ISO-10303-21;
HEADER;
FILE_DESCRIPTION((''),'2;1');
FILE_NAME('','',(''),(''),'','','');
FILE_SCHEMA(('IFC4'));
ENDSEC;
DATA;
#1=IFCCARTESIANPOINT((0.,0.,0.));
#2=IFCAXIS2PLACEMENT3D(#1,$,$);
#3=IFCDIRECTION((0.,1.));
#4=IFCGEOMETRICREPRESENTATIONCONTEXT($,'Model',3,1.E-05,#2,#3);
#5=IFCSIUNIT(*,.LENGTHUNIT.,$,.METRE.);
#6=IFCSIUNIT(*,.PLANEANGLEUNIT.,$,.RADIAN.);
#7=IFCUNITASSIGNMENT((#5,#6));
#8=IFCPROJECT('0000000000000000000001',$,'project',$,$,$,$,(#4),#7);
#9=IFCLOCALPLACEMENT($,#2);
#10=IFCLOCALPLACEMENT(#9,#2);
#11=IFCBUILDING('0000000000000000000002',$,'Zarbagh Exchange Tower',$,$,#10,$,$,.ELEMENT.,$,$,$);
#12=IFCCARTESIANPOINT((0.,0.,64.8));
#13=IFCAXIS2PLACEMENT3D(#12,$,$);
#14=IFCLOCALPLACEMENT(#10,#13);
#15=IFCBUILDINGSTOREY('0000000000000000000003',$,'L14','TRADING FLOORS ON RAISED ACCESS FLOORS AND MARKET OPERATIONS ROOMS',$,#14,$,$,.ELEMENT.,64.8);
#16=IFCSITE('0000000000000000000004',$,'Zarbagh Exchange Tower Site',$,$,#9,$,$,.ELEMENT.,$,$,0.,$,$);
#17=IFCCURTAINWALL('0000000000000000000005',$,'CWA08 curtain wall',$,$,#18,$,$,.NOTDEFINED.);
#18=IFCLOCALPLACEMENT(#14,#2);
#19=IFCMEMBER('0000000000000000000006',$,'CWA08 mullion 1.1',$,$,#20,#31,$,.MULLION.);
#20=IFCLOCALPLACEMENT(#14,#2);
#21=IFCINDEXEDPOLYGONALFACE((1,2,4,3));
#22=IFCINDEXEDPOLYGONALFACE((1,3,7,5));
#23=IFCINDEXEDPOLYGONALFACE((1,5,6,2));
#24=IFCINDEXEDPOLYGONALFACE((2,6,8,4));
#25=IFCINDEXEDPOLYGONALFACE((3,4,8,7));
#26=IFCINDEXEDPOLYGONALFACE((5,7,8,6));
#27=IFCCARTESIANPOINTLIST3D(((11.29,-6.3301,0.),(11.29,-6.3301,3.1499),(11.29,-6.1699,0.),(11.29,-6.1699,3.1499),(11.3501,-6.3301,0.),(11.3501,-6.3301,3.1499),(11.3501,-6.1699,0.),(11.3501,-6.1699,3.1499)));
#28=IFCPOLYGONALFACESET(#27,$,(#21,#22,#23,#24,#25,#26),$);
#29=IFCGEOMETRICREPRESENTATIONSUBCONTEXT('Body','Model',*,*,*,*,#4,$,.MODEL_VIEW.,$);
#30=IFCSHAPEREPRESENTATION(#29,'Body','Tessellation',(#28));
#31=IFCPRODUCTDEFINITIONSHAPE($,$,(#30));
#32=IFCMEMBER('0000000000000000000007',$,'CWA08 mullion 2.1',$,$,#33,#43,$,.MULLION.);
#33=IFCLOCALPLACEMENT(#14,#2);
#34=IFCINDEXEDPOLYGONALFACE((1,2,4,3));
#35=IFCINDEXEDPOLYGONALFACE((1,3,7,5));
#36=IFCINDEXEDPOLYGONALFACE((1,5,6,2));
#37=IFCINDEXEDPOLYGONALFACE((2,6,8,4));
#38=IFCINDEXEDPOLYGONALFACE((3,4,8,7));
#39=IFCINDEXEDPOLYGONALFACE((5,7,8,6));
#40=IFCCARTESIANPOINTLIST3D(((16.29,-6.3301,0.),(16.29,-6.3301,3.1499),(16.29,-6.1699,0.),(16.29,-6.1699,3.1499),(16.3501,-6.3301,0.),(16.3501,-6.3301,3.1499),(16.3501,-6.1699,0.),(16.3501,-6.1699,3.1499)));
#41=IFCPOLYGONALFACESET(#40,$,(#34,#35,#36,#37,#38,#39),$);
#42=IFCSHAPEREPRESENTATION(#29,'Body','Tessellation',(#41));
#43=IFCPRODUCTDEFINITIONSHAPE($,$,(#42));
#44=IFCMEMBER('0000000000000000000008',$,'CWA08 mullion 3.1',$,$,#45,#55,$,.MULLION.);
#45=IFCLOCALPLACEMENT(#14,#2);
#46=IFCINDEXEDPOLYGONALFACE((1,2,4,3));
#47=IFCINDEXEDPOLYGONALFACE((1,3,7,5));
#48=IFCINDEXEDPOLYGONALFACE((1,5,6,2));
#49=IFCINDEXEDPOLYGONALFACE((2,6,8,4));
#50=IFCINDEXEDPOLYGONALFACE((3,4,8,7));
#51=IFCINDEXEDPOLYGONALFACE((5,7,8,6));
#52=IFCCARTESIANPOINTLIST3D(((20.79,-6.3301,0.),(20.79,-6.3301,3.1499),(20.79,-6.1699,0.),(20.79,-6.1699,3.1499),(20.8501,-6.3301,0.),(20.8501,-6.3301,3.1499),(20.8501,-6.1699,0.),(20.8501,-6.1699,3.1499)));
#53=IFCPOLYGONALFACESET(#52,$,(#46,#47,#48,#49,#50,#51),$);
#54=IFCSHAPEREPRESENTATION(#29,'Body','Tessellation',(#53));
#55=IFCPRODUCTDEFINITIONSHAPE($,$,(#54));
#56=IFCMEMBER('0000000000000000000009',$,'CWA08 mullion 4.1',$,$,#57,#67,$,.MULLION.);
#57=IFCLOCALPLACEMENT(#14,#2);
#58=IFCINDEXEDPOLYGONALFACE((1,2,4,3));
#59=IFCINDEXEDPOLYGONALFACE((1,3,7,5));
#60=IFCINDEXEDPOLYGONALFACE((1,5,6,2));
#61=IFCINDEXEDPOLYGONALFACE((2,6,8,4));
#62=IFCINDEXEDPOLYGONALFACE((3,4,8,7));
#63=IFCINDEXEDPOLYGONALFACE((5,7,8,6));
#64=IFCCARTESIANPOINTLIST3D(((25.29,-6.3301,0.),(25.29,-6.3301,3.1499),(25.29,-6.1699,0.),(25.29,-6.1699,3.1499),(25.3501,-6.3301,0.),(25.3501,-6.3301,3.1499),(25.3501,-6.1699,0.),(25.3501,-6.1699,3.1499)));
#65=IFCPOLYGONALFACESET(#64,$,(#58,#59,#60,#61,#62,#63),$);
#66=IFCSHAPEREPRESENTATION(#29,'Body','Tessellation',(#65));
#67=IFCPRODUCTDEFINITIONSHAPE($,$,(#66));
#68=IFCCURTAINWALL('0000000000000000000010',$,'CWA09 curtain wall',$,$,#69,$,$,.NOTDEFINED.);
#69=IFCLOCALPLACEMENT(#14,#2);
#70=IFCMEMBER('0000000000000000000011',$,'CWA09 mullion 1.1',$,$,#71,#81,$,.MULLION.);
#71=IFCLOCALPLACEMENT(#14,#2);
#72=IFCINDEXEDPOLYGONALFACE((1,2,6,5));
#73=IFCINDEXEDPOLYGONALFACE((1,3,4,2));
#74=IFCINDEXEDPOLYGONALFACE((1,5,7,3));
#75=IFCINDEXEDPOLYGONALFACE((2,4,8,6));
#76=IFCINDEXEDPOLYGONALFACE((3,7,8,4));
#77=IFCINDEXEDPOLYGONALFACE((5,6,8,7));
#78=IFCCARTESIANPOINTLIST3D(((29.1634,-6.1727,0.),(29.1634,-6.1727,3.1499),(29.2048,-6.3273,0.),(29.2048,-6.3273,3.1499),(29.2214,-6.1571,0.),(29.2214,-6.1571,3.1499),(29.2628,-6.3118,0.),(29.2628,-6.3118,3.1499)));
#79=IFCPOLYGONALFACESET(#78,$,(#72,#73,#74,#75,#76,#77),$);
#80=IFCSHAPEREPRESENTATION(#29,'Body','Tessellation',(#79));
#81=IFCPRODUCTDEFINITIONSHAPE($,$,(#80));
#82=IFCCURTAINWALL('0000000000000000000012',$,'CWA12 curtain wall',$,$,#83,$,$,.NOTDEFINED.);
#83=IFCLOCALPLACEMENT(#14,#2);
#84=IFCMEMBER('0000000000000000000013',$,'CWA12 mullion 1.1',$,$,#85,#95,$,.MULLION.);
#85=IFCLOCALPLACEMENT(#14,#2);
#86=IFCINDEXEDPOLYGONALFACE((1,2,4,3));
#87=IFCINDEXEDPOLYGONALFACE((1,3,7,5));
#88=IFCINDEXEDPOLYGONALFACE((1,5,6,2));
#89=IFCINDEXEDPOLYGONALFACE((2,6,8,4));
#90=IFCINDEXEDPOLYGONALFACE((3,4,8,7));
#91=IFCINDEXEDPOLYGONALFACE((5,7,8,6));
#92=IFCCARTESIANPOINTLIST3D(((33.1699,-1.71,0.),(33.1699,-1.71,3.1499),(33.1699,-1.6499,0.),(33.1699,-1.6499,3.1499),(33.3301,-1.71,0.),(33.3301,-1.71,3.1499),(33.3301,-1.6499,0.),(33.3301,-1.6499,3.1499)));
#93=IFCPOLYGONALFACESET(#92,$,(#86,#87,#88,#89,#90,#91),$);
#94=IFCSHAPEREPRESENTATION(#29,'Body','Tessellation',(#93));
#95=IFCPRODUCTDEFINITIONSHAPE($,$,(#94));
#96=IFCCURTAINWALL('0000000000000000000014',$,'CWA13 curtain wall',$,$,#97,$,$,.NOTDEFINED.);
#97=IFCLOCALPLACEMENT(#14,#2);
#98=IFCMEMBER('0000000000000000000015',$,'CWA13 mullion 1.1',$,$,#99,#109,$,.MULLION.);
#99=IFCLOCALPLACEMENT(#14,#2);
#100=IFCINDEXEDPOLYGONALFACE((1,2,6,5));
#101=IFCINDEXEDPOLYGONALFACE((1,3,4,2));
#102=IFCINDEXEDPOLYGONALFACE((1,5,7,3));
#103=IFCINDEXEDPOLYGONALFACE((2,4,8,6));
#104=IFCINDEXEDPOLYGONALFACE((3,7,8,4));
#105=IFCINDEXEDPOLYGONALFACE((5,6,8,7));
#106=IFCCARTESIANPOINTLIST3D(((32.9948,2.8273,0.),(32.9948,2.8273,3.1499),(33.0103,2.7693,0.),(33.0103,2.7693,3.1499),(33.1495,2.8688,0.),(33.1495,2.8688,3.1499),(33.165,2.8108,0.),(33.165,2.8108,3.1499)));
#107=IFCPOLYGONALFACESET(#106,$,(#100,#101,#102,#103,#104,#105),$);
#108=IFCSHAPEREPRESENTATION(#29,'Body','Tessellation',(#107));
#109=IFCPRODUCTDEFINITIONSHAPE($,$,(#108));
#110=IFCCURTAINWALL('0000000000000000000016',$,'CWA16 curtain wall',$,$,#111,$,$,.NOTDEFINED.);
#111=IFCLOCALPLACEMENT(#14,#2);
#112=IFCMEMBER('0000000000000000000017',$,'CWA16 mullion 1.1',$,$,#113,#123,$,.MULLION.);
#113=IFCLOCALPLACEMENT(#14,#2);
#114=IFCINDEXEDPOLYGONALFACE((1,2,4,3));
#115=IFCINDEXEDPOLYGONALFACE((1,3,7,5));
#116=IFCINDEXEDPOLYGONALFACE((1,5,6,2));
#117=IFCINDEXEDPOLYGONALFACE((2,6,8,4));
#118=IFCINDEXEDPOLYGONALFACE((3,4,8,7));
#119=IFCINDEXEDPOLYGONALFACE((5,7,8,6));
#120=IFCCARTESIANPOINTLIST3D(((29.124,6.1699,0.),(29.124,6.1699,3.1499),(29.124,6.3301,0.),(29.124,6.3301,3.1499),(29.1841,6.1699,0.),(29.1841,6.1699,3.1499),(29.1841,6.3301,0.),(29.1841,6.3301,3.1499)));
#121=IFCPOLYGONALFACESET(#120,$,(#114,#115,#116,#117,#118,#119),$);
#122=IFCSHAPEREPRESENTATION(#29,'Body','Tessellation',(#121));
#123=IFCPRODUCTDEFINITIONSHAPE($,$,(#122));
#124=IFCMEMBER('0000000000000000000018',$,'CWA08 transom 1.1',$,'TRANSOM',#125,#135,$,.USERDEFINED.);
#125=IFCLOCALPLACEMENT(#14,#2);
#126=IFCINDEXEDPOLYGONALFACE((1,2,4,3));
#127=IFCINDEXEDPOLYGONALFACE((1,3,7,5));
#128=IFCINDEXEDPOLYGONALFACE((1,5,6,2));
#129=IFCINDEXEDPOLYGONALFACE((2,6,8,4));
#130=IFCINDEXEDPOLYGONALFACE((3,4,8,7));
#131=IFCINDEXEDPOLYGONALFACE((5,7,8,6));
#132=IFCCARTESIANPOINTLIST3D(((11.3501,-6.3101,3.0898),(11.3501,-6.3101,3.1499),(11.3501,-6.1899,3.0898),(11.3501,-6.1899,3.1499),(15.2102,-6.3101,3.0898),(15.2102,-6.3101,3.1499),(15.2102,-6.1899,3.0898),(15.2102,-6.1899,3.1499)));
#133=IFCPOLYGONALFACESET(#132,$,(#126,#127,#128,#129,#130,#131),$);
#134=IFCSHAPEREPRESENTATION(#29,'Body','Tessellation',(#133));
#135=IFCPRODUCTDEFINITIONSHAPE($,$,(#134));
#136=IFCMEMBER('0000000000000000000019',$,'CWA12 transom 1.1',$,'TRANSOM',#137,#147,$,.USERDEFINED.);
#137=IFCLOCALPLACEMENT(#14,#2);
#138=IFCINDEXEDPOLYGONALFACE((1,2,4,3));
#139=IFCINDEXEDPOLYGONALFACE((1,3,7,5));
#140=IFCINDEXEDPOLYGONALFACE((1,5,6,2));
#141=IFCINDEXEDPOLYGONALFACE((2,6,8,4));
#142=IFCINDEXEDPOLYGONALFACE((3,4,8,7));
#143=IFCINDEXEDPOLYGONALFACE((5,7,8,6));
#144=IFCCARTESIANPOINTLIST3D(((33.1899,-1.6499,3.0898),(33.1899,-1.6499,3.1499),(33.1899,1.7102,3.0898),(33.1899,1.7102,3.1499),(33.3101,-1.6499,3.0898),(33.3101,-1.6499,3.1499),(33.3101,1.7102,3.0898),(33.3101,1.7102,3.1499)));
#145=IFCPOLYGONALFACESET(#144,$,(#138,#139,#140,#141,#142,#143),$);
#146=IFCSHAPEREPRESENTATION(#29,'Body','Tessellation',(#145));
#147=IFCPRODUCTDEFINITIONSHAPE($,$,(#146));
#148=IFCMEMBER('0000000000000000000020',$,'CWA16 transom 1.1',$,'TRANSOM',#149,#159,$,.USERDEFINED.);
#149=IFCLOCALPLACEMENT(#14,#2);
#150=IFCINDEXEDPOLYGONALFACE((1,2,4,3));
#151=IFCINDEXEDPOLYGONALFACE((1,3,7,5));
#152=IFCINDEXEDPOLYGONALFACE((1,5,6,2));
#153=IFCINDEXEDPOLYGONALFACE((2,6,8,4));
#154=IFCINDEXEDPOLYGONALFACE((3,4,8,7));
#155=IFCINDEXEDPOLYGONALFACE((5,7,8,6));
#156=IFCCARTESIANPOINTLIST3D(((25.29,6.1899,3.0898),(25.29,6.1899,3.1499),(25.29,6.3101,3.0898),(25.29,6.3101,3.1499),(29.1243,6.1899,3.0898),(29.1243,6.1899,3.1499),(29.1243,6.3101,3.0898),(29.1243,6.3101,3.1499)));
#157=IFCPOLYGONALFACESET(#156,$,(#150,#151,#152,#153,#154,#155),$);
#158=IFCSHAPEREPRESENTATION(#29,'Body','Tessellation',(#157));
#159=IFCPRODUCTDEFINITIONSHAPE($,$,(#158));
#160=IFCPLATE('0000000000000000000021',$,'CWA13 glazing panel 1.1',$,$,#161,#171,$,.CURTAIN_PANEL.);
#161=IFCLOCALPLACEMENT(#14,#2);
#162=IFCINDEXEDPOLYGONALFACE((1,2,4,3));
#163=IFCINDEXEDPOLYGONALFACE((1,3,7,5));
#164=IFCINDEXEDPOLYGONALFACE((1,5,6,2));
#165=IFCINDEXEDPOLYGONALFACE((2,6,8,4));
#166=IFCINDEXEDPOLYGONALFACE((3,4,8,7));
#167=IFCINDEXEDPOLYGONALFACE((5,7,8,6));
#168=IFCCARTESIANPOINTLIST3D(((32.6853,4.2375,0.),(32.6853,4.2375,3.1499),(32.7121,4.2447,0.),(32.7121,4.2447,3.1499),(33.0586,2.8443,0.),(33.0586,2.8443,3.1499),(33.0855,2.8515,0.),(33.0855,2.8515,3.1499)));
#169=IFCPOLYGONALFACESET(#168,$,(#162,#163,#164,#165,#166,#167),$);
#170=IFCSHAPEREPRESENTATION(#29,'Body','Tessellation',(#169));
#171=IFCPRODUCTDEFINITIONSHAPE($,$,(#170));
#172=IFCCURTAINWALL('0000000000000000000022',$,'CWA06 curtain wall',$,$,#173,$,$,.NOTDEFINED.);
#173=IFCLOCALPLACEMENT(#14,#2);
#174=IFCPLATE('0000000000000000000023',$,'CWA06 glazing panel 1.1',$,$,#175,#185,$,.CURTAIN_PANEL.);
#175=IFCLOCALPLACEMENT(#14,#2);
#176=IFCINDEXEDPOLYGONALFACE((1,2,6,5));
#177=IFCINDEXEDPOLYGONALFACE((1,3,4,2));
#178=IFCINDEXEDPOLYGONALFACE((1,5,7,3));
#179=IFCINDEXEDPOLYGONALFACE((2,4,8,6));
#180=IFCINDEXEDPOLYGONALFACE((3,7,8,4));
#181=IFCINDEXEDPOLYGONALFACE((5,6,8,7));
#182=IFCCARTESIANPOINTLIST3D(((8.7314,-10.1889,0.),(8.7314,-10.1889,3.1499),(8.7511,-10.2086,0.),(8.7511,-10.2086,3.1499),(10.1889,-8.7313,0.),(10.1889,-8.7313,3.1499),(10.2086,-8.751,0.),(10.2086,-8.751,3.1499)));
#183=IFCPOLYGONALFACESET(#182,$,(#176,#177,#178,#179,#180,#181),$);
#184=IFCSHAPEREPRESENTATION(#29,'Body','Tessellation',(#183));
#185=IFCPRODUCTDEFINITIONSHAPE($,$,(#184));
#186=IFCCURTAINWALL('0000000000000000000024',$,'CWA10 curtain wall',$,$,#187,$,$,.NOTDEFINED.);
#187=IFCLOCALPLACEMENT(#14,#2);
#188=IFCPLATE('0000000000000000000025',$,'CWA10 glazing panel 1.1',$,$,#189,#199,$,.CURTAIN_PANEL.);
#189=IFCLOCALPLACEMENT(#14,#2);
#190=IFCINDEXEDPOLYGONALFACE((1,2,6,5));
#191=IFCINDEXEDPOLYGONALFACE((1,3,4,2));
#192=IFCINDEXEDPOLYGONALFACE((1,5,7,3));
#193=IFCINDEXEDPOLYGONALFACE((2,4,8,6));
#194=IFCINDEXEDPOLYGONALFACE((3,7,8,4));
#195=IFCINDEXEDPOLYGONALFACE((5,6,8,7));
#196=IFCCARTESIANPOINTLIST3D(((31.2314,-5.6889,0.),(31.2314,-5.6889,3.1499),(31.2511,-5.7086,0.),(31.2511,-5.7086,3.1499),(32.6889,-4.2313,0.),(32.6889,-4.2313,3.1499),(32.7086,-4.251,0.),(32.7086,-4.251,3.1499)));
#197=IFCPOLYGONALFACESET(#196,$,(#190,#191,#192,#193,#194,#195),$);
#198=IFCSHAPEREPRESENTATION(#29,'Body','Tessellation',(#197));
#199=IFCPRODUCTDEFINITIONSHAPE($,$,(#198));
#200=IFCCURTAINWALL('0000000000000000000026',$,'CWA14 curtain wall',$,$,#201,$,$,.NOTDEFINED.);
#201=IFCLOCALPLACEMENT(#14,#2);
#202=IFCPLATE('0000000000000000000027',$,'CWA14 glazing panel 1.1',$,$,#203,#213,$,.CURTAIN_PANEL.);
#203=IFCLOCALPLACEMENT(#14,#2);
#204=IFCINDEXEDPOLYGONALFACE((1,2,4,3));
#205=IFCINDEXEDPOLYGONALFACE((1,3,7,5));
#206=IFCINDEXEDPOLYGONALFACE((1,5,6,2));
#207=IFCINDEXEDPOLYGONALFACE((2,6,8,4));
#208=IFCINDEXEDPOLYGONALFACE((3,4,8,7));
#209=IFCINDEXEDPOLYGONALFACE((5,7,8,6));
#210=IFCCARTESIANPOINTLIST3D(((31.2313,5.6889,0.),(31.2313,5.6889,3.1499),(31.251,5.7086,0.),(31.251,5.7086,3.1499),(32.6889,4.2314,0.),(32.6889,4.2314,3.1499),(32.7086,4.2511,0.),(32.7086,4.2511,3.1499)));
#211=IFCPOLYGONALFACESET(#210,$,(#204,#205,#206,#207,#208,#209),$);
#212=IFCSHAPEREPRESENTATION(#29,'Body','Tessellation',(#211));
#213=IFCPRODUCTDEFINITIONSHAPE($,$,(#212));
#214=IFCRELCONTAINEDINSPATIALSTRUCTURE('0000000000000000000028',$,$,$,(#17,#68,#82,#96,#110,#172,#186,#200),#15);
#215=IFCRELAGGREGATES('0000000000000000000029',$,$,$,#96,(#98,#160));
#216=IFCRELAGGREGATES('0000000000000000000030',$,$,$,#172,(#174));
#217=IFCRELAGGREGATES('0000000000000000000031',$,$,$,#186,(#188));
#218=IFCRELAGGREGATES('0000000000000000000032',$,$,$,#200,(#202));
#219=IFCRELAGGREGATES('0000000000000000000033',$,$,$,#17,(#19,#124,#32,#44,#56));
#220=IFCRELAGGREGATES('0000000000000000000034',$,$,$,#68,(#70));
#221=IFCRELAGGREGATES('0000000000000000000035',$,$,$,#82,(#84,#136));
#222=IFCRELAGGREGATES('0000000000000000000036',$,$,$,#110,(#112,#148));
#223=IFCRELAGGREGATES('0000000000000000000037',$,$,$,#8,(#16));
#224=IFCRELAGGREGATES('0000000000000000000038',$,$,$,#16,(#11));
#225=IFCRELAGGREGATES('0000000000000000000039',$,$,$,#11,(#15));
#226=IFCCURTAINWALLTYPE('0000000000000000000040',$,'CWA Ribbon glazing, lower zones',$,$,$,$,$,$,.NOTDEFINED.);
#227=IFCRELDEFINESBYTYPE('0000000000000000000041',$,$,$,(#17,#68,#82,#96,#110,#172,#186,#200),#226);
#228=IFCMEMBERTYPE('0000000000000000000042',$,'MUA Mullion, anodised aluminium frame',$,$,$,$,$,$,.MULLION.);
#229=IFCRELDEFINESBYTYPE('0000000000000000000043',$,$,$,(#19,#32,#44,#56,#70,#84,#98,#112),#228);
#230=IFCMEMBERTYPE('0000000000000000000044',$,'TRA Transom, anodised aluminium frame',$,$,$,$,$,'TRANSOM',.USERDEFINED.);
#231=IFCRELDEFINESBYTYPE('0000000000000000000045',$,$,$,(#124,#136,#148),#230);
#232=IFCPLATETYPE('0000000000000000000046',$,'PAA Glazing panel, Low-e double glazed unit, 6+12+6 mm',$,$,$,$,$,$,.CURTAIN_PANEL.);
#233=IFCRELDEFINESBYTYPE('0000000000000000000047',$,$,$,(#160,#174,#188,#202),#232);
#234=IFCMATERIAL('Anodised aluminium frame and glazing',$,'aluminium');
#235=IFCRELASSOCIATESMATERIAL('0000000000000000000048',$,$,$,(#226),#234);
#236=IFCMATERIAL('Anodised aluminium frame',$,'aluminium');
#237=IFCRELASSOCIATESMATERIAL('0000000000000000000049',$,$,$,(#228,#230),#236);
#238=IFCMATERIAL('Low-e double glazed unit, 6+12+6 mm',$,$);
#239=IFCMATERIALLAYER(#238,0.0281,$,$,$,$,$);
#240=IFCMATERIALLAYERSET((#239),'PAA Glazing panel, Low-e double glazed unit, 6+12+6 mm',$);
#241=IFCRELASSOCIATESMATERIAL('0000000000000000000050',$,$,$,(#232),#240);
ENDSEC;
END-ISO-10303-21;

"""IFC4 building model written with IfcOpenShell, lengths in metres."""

from ifc_helpers import new_model, si_unit, direction, frame, origin, place, context, subcontext, project, spatial, polyline, outline, extrude, source, transform, mapped, material, layer, layer_set, type_object, element, aggregate, save


model = new_model("IFC4")

# Units and contexts
model_context = context("Model", 3, precision=1e-05, world=origin(), true_north=direction((0.0, 1.0)))
body_context = subcontext(model_context, "Body", "Model", "MODEL_VIEW")
ifc_project = project(units=[si_unit("LENGTHUNIT", "METRE"), si_unit("PLANEANGLEUNIT", "RADIAN")], contexts=[model_context])

# Site, building, storey
site_placement = place(None, origin())
site = spatial("IfcSite", under=ifc_project, at=site_placement, Name="Zarbagh Exchange Tower Site", CompositionType="ELEMENT", RefElevation=0.0)
building_placement = place(site_placement, origin())
building = spatial("IfcBuilding", under=site, at=building_placement, Name="Zarbagh Exchange Tower", CompositionType="ELEMENT")
storey_placement = place(building_placement, frame((0.0, 0.0, 64.8)))
storey = spatial("IfcBuildingStorey", under=building, at=storey_placement, Name="L14", Description="TRADING FLOORS ON RAISED ACCESS FLOORS AND MARKET OPERATIONS ROOMS", CompositionType="ELEMENT", Elevation=64.8)

# Curtain wall, members
ifc_material_1 = material(Name="Anodised aluminium frame and glazing", Category="aluminium")
curtain_wall_type = type_object("IfcCurtainWallType", Name="CWA Ribbon glazing, lower zones", PredefinedType="NOTDEFINED", material=ifc_material_1)
curtain_wall_1_placement = place(storey_placement, origin())
curtain_wall_1 = element("IfcCurtainWall", 1, at=curtain_wall_1_placement, inside=storey, type_object=curtain_wall_type, Name="CWA08 curtain wall", PredefinedType="NOTDEFINED")
ifc_material_2 = material(Name="Anodised aluminium frame", Category="aluminium")
member_type_1 = type_object("IfcMemberType", Name="MUA Mullion, anodised aluminium frame", PredefinedType="MULLION", material=ifc_material_2)
shared_shape_1 = source(origin(), body_context, "Body", "SweptSolid", [
    extrude(outline(polyline([(0.0, -0.0801), (0.0601, -0.0801), (0.0601, 0.0801), (0.0, 0.0801), (0.0, -0.0801)])), origin(), (0.0, 0.0, 1.0), 3.1499),
])
placement = place(storey_placement, origin())
member_1 = element("IfcMember", 2, at=placement, type_object=member_type_1, Name="CWA08 mullion 1.1", PredefinedType="MULLION", context=body_context, shape_type="MappedRepresentation", body=[
    mapped(shared_shape_1, transform((11.29, -6.25, 0.0), x_axis=(1.0, 0.0, 0.0), y_axis=(0.0, 1.0, 0.0), z_axis=(0.0, 0.0, 1.0))),
])
member_2 = element("IfcMember", 3, at=placement, type_object=member_type_1, Name="CWA08 mullion 2.1", PredefinedType="MULLION", context=body_context, shape_type="MappedRepresentation", body=[
    mapped(shared_shape_1, transform((16.29, -6.25, 0.0), x_axis=(1.0, 0.0, 0.0), y_axis=(0.0, 1.0, 0.0), z_axis=(0.0, 0.0, 1.0))),
])
member_3 = element("IfcMember", 4, at=placement, type_object=member_type_1, Name="CWA08 mullion 3.1", PredefinedType="MULLION", context=body_context, shape_type="MappedRepresentation", body=[
    mapped(shared_shape_1, transform((20.79, -6.25, 0.0), x_axis=(1.0, 0.0, 0.0), y_axis=(0.0, 1.0, 0.0), z_axis=(0.0, 0.0, 1.0))),
])
member_4 = element("IfcMember", 5, at=placement, type_object=member_type_1, Name="CWA08 mullion 4.1", PredefinedType="MULLION", context=body_context, shape_type="MappedRepresentation", body=[
    mapped(shared_shape_1, transform((25.29, -6.25, 0.0), x_axis=(1.0, 0.0, 0.0), y_axis=(0.0, 1.0, 0.0), z_axis=(0.0, 0.0, 1.0))),
])

# Curtain walls, members
curtain_wall_2_placement = place(storey_placement, origin())
curtain_wall_2 = element("IfcCurtainWall", 6, at=curtain_wall_2_placement, inside=storey, type_object=curtain_wall_type, Name="CWA09 curtain wall", PredefinedType="NOTDEFINED")
member_5 = element("IfcMember", 7, at=placement, type_object=member_type_1, Name="CWA09 mullion 1.1", PredefinedType="MULLION", context=body_context, shape_type="MappedRepresentation", body=[
    mapped(shared_shape_1, transform((29.1841, -6.25, 0.0), x_axis=(0.965924, 0.258825, 0.0), y_axis=(-0.258825, 0.965924, 0.0), z_axis=(0.0, 0.0, 1.0))),
])
curtain_wall_3_placement = place(storey_placement, origin())
curtain_wall_3 = element("IfcCurtainWall", 8, at=curtain_wall_3_placement, inside=storey, type_object=curtain_wall_type, Name="CWA12 curtain wall", PredefinedType="NOTDEFINED")
member_6 = element("IfcMember", 9, at=placement, type_object=member_type_1, Name="CWA12 mullion 1.1", PredefinedType="MULLION", context=body_context, shape_type="MappedRepresentation", body=[
    mapped(shared_shape_1, transform((33.25, -1.71, 0.0), x_axis=(0.0, 1.0, 0.0), y_axis=(-1.0, 0.0, 0.0), z_axis=(0.0, 0.0, 1.0))),
])
curtain_wall_4_placement = place(storey_placement, origin())
curtain_wall_4 = element("IfcCurtainWall", 10, at=curtain_wall_4_placement, inside=storey, type_object=curtain_wall_type, Name="CWA13 curtain wall", PredefinedType="NOTDEFINED")
member_7 = element("IfcMember", 11, at=placement, type_object=member_type_1, Name="CWA13 mullion 1.1", PredefinedType="MULLION", context=body_context, shape_type="MappedRepresentation", body=[
    mapped(shared_shape_1, transform((33.0876, 2.79, 0.0), x_axis=(-0.258825, 0.965924, 0.0), y_axis=(-0.965924, -0.258825, 0.0), z_axis=(0.0, 0.0, 1.0))),
])
curtain_wall_5_placement = place(storey_placement, origin())
curtain_wall_5 = element("IfcCurtainWall", 12, at=curtain_wall_5_placement, inside=storey, type_object=curtain_wall_type, Name="CWA16 curtain wall", PredefinedType="NOTDEFINED")
member_8 = element("IfcMember", 13, at=placement, type_object=member_type_1, Name="CWA16 mullion 1.1", PredefinedType="MULLION", context=body_context, shape_type="MappedRepresentation", body=[
    mapped(shared_shape_1, transform((29.1841, 6.25, 0.0), x_axis=(-1.0, 0.0, 0.0), y_axis=(0.0, -1.0, 0.0), z_axis=(0.0, 0.0, 1.0))),
])

# Members
member_type_2 = type_object("IfcMemberType", Name="TRA Transom, anodised aluminium frame", ElementType="TRANSOM", PredefinedType="USERDEFINED", material=ifc_material_2)
shared_shape_2 = source(origin(), body_context, "Body", "SweptSolid", [
    extrude(outline(polyline([(-0.0601, -0.0601), (0.0, -0.0601), (0.0, 0.0601), (-0.0601, 0.0601), (-0.0601, -0.0601)])), origin(), (0.0, 0.0, 1.0), 3.8601),
])
member_9 = element("IfcMember", 14, at=placement, type_object=member_type_2, Name="CWA08 transom 1.1", ObjectType="TRANSOM", PredefinedType="USERDEFINED", context=body_context, shape_type="MappedRepresentation", body=[
    mapped(shared_shape_2, transform((11.3501, -6.25, 3.1499), x_axis=(0.0, 0.0, 1.0), y_axis=(0.0, -1.0, 0.0), z_axis=(1.0, 0.0, 0.0))),
])
shared_shape_3 = source(origin(), body_context, "Body", "SweptSolid", [
    extrude(outline(polyline([(-0.0601, -0.0601), (0.0, -0.0601), (0.0, 0.0601), (-0.0601, 0.0601), (-0.0601, -0.0601)])), origin(), (0.0, 0.0, 1.0), 3.3601),
])
member_10 = element("IfcMember", 15, at=placement, type_object=member_type_2, Name="CWA12 transom 1.1", ObjectType="TRANSOM", PredefinedType="USERDEFINED", context=body_context, shape_type="MappedRepresentation", body=[
    mapped(shared_shape_3, transform((33.25, -1.6499, 3.1499), x_axis=(0.0, 0.0, 1.0), y_axis=(1.0, 0.0, 0.0), z_axis=(0.0, 1.0, 0.0))),
])
shared_shape_4 = source(origin(), body_context, "Body", "SweptSolid", [
    extrude(outline(polyline([(-0.0601, -0.0601), (0.0, -0.0601), (0.0, 0.0601), (-0.0601, 0.0601), (-0.0601, -0.0601)])), origin(), (0.0, 0.0, 1.0), 3.8342),
])
member_11 = element("IfcMember", 16, at=placement, type_object=member_type_2, Name="CWA16 transom 1.1", ObjectType="TRANSOM", PredefinedType="USERDEFINED", context=body_context, shape_type="MappedRepresentation", body=[
    mapped(shared_shape_4, transform((29.1243, 6.25, 3.1499), x_axis=(0.0, 0.0, 1.0), y_axis=(0.0, 1.0, 0.0), z_axis=(-1.0, 0.0, 0.0))),
])

# Plate
ifc_material_3 = material(Name="Low-e double glazed unit, 6+12+6 mm")
ifc_layer = layer(ifc_material_3, 0.0281)
ifc_layer_set = layer_set([ifc_layer], Name="PAA Glazing panel, Low-e double glazed unit, 6+12+6 mm")
plate_type = type_object("IfcPlateType", Name="PAA Glazing panel, Low-e double glazed unit, 6+12+6 mm", PredefinedType="CURTAIN_PANEL", material=ifc_layer_set)
shared_shape_5 = source(origin(), body_context, "Body", "SweptSolid", [
    extrude(outline(polyline([(0.0, -0.0139), (1.4424, -0.0139), (1.4424, 0.0139), (0.0, 0.0139), (0.0, -0.0139)])), origin(), (0.0, 0.0, 1.0), 3.1499),
])
plate_1 = element("IfcPlate", 17, at=placement, type_object=plate_type, Name="CWA13 glazing panel 1.1", PredefinedType="CURTAIN_PANEL", context=body_context, shape_type="MappedRepresentation", body=[
    mapped(shared_shape_5, transform((33.072, 2.8479, 0.0), x_axis=(-0.258825, 0.965924, 0.0), y_axis=(-0.965924, -0.258825, 0.0), z_axis=(0.0, 0.0, 1.0))),
])
aggregate(curtain_wall_4, [member_7, plate_1])

# Curtain walls, plates
curtain_wall_6_placement = place(storey_placement, origin())
curtain_wall_6 = element("IfcCurtainWall", 18, at=curtain_wall_6_placement, inside=storey, type_object=curtain_wall_type, Name="CWA06 curtain wall", PredefinedType="NOTDEFINED")
shared_shape_6 = source(origin(), body_context, "Body", "SweptSolid", [
    extrude(outline(polyline([(0.0, -0.0139), (2.0613, -0.0139), (2.0613, 0.0139), (0.0, 0.0139), (0.0, -0.0139)])), origin(), (0.0, 0.0, 1.0), 3.1499),
])
plate_2 = element("IfcPlate", 19, at=placement, type_object=plate_type, Name="CWA06 glazing panel 1.1", PredefinedType="CURTAIN_PANEL", context=body_context, shape_type="MappedRepresentation", body=[
    mapped(shared_shape_6, transform((8.7412, -10.1987, 0.0), x_axis=(0.707107, 0.707107, 0.0), y_axis=(-0.707107, 0.707107, 0.0), z_axis=(0.0, 0.0, 1.0))),
])
aggregate(curtain_wall_6, [plate_2])
curtain_wall_7_placement = place(storey_placement, origin())
curtain_wall_7 = element("IfcCurtainWall", 20, at=curtain_wall_7_placement, inside=storey, type_object=curtain_wall_type, Name="CWA10 curtain wall", PredefinedType="NOTDEFINED")
plate_3 = element("IfcPlate", 21, at=placement, type_object=plate_type, Name="CWA10 glazing panel 1.1", PredefinedType="CURTAIN_PANEL", context=body_context, shape_type="MappedRepresentation", body=[
    mapped(shared_shape_6, transform((31.2412, -5.6987, 0.0), x_axis=(0.707107, 0.707107, 0.0), y_axis=(-0.707107, 0.707107, 0.0), z_axis=(0.0, 0.0, 1.0))),
])
aggregate(curtain_wall_7, [plate_3])
curtain_wall_8_placement = place(storey_placement, origin())
curtain_wall_8 = element("IfcCurtainWall", 22, at=curtain_wall_8_placement, inside=storey, type_object=curtain_wall_type, Name="CWA14 curtain wall", PredefinedType="NOTDEFINED")
plate_4 = element("IfcPlate", 23, at=placement, type_object=plate_type, Name="CWA14 glazing panel 1.1", PredefinedType="CURTAIN_PANEL", context=body_context, shape_type="MappedRepresentation", body=[
    mapped(shared_shape_6, transform((32.6987, 4.2412, 0.0), x_axis=(-0.707107, 0.707107, 0.0), y_axis=(-0.707107, -0.707107, 0.0), z_axis=(0.0, 0.0, 1.0))),
])
aggregate(curtain_wall_8, [plate_4])

aggregate(curtain_wall_1, [member_1, member_9, member_2, member_3, member_4])
aggregate(curtain_wall_2, [member_5])

aggregate(curtain_wall_3, [member_6, member_10])
aggregate(curtain_wall_5, [member_8, member_11])

save(model, "model.ifc")
